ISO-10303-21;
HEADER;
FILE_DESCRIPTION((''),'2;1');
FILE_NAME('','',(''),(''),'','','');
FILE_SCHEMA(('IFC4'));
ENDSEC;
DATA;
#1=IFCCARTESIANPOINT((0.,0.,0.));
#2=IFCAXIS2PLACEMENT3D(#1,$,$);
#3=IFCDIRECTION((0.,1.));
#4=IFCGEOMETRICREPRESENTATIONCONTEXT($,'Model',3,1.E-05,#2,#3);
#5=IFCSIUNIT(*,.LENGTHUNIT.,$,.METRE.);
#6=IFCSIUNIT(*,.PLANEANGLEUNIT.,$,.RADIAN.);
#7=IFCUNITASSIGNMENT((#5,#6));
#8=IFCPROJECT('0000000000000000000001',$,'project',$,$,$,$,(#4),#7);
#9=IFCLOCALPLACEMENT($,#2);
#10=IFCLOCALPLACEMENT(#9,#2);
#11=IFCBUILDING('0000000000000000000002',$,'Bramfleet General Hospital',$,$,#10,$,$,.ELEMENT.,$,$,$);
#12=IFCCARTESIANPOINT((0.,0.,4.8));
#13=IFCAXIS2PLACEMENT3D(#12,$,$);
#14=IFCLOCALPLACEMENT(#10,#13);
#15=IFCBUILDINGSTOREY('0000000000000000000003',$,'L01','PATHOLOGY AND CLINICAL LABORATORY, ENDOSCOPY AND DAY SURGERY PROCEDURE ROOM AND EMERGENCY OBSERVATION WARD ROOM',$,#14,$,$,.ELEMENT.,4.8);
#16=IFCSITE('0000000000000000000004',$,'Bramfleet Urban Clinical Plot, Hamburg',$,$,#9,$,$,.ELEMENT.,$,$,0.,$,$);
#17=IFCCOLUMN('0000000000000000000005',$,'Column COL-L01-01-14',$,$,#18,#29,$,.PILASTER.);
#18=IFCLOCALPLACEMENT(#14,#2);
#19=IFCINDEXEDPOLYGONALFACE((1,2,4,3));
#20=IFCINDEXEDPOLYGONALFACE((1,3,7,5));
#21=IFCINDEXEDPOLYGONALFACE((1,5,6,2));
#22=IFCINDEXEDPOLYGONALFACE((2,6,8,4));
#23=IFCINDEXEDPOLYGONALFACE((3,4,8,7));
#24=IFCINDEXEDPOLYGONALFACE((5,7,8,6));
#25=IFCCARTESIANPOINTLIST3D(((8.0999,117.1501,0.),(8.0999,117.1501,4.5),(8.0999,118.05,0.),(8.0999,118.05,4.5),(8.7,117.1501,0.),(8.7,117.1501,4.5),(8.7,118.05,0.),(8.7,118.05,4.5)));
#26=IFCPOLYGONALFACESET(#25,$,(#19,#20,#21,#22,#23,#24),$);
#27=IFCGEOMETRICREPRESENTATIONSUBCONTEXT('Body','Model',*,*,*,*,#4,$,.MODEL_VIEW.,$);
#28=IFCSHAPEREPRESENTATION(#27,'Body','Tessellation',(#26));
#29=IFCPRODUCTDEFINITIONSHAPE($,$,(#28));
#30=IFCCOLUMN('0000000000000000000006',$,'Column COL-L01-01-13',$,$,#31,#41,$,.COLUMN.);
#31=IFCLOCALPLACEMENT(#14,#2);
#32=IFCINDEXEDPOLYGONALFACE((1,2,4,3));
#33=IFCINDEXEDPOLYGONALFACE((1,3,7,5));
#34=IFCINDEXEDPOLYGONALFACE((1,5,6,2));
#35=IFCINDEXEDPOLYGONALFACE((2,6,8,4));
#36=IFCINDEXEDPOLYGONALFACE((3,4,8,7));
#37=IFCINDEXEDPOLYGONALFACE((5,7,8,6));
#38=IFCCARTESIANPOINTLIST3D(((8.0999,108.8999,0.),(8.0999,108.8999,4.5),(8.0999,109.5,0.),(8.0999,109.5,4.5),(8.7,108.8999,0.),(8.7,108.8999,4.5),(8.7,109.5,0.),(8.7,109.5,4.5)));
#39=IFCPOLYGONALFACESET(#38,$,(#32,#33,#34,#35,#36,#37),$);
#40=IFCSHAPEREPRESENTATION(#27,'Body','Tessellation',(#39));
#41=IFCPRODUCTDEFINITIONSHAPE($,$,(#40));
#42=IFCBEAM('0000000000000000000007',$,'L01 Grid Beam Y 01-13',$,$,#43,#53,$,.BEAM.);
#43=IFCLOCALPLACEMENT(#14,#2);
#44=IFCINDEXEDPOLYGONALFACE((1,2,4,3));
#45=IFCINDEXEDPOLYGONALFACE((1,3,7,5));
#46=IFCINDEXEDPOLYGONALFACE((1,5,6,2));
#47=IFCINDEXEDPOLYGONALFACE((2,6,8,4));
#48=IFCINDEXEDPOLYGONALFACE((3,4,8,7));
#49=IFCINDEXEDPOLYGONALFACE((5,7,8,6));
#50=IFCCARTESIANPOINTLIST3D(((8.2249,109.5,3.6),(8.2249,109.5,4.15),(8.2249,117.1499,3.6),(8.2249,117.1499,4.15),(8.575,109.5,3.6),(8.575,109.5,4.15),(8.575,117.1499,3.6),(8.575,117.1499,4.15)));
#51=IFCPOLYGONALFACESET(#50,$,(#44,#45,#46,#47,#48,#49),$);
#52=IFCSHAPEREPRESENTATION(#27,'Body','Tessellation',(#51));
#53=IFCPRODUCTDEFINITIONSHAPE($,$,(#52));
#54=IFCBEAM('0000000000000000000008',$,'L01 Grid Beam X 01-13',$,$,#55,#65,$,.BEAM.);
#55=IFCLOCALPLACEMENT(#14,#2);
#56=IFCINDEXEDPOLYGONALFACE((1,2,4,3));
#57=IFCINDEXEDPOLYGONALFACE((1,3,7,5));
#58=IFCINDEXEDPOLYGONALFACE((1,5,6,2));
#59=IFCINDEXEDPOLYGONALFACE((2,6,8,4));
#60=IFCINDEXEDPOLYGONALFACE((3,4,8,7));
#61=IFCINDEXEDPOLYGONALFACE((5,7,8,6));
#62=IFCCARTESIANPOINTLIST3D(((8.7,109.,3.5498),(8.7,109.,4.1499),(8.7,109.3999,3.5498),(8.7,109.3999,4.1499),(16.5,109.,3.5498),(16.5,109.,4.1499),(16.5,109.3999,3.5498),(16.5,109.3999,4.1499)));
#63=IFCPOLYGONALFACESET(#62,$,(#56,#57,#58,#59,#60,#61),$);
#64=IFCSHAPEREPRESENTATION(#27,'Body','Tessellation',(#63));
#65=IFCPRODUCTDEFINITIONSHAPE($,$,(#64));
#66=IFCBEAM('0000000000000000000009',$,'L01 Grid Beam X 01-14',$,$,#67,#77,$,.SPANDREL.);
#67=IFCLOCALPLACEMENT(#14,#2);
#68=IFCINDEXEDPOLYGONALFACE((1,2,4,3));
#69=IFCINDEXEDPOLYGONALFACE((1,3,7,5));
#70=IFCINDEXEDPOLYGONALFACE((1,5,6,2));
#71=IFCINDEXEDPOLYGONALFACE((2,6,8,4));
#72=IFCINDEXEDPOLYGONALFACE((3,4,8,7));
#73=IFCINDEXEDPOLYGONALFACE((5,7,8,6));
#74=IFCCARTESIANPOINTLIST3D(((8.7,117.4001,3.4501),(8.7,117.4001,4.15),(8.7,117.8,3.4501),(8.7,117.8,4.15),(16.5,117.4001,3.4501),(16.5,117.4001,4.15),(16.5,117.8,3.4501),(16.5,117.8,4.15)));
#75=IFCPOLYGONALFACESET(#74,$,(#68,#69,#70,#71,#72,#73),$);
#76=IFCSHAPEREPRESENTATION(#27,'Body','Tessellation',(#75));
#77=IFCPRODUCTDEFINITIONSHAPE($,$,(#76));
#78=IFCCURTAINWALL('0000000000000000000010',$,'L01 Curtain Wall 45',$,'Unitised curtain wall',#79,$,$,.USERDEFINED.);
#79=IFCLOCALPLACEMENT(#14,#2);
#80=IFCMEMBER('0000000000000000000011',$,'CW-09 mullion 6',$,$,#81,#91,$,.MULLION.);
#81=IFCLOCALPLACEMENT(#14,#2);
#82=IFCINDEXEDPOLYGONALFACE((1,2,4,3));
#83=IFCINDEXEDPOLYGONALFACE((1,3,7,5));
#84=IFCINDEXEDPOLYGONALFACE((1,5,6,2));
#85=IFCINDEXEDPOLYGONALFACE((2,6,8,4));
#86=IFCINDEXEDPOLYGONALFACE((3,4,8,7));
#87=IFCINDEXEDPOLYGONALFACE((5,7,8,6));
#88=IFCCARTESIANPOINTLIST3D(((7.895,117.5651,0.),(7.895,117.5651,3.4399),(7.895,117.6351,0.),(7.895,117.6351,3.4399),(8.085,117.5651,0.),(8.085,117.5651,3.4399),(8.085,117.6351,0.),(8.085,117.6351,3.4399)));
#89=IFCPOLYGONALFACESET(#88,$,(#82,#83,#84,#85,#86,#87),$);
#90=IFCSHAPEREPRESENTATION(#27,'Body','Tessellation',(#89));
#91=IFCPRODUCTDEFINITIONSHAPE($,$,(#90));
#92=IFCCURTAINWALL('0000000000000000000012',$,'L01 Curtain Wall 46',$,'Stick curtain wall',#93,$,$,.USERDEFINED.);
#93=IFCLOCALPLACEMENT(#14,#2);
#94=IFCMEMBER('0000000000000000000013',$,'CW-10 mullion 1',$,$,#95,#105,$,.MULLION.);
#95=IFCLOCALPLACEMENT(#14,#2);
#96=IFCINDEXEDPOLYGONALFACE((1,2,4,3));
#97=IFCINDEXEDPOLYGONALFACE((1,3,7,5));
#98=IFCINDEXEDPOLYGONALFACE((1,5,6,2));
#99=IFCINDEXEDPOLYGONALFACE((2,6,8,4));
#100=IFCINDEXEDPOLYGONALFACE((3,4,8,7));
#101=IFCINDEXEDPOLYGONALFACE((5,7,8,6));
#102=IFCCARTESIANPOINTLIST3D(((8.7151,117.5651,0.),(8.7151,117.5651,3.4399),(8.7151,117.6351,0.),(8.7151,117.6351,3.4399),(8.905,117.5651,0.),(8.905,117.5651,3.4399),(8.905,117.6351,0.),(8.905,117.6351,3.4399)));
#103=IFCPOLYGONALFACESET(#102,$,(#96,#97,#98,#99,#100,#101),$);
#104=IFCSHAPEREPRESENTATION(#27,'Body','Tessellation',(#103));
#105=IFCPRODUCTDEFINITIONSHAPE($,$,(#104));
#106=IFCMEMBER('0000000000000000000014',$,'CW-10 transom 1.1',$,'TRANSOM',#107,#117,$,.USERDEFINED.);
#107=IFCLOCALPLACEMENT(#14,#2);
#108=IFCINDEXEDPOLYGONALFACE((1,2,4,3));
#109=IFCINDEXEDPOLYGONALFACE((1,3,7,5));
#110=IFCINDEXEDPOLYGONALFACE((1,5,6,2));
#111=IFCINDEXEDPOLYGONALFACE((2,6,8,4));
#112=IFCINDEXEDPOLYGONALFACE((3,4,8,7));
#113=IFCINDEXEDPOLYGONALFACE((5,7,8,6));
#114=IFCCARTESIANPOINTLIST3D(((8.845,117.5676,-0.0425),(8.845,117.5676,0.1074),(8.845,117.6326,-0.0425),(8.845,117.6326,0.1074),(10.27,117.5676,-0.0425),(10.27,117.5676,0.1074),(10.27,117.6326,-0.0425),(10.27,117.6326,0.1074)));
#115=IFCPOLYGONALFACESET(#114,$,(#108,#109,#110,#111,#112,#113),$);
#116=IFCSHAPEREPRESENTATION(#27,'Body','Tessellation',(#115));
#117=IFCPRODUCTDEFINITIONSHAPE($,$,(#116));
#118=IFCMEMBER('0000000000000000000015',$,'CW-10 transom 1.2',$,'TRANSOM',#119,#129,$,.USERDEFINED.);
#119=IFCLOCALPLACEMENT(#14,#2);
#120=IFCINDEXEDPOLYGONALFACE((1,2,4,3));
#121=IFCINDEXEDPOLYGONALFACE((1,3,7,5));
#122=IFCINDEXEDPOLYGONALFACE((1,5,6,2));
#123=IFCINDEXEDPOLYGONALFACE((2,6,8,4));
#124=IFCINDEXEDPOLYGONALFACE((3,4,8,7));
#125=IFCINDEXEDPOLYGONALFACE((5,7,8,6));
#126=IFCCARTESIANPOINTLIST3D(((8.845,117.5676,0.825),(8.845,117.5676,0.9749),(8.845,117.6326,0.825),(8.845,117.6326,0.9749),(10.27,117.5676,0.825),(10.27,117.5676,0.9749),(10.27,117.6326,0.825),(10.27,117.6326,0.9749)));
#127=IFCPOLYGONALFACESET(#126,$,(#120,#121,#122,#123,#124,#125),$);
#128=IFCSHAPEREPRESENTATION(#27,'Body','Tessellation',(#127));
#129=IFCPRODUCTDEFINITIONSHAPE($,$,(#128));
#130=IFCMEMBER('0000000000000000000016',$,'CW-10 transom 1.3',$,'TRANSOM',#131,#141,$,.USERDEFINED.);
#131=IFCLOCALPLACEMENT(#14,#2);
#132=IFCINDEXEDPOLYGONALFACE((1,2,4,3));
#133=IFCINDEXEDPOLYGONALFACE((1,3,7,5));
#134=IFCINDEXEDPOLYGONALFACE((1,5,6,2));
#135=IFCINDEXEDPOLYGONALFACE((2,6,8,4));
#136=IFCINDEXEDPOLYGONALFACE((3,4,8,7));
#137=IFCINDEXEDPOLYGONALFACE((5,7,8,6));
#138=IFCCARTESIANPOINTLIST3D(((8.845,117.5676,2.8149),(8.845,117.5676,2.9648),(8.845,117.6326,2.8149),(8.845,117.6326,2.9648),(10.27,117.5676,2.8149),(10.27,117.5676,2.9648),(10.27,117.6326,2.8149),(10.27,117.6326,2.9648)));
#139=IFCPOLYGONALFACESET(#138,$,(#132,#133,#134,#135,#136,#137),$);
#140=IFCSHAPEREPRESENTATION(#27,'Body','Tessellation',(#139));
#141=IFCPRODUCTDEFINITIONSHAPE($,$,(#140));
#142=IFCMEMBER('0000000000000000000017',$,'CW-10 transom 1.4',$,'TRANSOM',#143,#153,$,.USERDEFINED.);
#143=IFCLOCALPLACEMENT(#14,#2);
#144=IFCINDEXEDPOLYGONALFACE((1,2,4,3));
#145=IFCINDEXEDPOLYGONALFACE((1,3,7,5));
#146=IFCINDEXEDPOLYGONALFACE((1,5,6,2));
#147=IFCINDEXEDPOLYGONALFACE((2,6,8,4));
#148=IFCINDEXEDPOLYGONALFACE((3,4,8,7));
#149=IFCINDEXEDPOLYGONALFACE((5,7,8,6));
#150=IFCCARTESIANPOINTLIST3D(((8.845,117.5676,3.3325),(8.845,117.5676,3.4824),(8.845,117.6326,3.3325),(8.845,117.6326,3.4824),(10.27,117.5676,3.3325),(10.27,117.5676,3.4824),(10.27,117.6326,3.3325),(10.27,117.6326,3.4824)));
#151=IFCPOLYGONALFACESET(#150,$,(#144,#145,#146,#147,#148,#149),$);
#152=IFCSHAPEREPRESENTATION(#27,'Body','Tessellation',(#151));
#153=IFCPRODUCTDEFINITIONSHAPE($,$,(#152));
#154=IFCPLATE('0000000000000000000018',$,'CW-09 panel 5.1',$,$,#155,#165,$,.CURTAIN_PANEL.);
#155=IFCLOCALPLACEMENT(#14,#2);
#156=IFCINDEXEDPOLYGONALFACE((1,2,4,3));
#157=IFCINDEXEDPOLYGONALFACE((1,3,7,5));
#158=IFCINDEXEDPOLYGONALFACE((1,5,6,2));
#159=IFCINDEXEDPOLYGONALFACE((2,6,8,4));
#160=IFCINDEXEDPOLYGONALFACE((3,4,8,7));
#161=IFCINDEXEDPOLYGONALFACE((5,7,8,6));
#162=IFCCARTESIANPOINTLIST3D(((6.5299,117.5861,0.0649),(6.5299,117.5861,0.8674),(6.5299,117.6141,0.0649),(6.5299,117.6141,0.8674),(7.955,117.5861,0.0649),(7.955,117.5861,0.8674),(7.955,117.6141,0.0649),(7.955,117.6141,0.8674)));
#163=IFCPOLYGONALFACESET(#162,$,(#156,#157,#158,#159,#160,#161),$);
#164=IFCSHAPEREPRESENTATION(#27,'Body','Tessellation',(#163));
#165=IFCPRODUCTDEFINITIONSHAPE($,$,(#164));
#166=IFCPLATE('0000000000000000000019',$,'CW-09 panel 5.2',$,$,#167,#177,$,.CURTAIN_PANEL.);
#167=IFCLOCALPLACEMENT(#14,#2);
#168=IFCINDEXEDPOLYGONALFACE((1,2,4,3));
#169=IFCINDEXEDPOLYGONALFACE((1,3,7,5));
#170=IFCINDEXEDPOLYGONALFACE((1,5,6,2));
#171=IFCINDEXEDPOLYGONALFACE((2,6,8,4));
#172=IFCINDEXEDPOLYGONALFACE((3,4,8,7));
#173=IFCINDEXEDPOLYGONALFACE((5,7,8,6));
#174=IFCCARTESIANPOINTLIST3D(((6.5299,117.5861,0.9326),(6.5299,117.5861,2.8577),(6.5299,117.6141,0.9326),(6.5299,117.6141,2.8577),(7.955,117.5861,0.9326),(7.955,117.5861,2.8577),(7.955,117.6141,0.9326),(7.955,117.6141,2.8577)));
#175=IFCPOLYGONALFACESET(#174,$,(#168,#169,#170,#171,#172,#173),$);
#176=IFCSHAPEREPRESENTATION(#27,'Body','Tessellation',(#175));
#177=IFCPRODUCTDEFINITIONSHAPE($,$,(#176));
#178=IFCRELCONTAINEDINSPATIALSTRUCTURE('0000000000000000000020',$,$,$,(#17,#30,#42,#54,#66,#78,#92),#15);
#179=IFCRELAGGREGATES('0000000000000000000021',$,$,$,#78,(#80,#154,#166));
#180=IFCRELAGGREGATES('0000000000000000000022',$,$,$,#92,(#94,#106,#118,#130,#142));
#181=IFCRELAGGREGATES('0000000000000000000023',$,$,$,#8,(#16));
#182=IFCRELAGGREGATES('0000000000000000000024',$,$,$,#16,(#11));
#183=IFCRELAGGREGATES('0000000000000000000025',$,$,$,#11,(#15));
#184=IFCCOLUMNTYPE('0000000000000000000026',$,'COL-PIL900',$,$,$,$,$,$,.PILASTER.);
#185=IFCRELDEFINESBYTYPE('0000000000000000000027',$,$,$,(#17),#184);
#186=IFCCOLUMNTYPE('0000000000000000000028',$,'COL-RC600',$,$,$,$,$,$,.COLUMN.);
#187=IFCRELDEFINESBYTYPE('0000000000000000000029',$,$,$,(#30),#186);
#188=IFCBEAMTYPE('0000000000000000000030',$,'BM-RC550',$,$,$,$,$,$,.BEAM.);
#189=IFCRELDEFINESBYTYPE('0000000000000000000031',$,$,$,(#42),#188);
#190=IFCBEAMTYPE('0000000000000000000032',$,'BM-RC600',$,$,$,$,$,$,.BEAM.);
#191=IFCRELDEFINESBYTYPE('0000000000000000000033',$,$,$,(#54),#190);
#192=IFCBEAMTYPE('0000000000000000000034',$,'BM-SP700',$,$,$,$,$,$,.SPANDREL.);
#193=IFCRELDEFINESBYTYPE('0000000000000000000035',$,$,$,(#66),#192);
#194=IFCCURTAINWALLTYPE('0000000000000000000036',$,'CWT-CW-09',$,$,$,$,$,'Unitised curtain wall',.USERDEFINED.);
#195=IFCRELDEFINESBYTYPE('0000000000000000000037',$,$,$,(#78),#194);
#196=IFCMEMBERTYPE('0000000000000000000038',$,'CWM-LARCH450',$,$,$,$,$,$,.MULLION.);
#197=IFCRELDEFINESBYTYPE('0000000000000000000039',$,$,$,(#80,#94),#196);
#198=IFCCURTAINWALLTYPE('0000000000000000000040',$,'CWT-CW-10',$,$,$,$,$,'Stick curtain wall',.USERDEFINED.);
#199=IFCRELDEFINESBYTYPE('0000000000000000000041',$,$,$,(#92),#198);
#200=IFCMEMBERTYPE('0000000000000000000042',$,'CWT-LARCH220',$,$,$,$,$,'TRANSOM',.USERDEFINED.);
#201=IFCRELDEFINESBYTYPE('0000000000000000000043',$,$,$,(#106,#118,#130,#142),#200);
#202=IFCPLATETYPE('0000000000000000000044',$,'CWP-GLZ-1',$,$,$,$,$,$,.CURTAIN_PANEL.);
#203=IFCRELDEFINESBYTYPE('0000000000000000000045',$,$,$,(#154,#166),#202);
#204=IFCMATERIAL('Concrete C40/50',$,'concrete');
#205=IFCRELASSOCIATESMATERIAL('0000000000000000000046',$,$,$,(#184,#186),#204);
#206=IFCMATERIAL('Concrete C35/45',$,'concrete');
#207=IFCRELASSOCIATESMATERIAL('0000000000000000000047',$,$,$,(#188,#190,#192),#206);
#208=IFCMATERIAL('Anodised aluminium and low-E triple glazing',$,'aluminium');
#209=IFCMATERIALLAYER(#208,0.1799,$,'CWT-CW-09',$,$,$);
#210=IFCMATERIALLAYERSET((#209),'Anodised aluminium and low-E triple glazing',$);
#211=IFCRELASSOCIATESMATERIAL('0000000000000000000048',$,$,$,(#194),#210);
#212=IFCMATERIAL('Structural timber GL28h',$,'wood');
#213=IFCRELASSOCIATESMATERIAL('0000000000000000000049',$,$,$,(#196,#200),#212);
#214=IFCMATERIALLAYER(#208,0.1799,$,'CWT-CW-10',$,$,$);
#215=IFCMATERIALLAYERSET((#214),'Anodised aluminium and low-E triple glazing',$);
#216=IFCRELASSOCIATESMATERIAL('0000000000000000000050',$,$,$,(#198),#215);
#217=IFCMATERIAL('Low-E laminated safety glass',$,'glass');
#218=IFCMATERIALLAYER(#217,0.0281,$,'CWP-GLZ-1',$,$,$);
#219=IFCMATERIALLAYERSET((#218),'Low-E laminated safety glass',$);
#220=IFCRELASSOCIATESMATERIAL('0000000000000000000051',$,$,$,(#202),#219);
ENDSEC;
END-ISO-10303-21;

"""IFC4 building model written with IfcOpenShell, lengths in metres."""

from ifc_helpers import new_model, si_unit, direction, frame, origin, origin_2d, place, context, subcontext, project, spatial, rectangle, extrude, material, layer, layer_set, material_profile, profile_set, type_object, element, aggregate, save


model = new_model("IFC4")

# Units and contexts
model_context = context("Model", 3, precision=1e-05, world=origin(), true_north=direction((0.0, 1.0)))
body_context = subcontext(model_context, "Body", "Model", "MODEL_VIEW")
ifc_project = project(units=[si_unit("LENGTHUNIT", "METRE"), si_unit("PLANEANGLEUNIT", "RADIAN")], contexts=[model_context])

# Site, building, storey
site_placement = place(None, origin())
site = spatial("IfcSite", under=ifc_project, at=site_placement, Name="Bramfleet Urban Clinical Plot, Hamburg", CompositionType="ELEMENT", RefElevation=0.0)
building_placement = place(site_placement, origin())
building = spatial("IfcBuilding", under=site, at=building_placement, Name="Bramfleet General Hospital", CompositionType="ELEMENT")
storey_placement = place(building_placement, frame((0.0, 0.0, 4.8)))
storey = spatial("IfcBuildingStorey", under=building, at=storey_placement, Name="L01", Description="PATHOLOGY AND CLINICAL LABORATORY, ENDOSCOPY AND DAY SURGERY PROCEDURE ROOM AND EMERGENCY OBSERVATION WARD ROOM", CompositionType="ELEMENT", Elevation=4.8)

# Columns
ifc_material_1 = material(Name="Concrete C40/50", Category="concrete")
ifc_material_profile_1 = material_profile(ifc_material_1, rectangle(XDim=0.6001, YDim=0.8999, at=origin_2d()), Name="RC PIL 900x600")
ifc_profile_set_1 = profile_set([ifc_material_profile_1], Name="Concrete C40/50")
column_type_1 = type_object("IfcColumnType", Name="COL-PIL900", PredefinedType="PILASTER", material=ifc_profile_set_1)
column_1_placement = place(storey_placement, frame((8.3999, 117.6001, 0.0), z_axis=(0.0, 0.0, 1.0), x_axis=(1.0, 0.0, 0.0)))
element("IfcColumn", 1, at=column_1_placement, inside=storey, type_object=column_type_1, Name="Column COL-L01-01-14", PredefinedType="PILASTER", context=body_context, shape_type="SweptSolid", body=[
    extrude(rectangle(XDim=0.6001, YDim=0.8999, at=origin_2d()), origin(), (0.0, 0.0, 1.0), 4.5),
])
ifc_material_profile_2 = material_profile(ifc_material_1, rectangle(XDim=0.6001, YDim=0.6001, at=origin_2d()), Name="RC COL 600x600")
ifc_profile_set_2 = profile_set([ifc_material_profile_2], Name="Concrete C40/50")
column_type_2 = type_object("IfcColumnType", Name="COL-RC600", PredefinedType="COLUMN", material=ifc_profile_set_2)
column_2_placement = place(storey_placement, frame((8.3999, 109.2, 0.0), z_axis=(0.0, 0.0, 1.0), x_axis=(1.0, 0.0, 0.0)))
element("IfcColumn", 2, at=column_2_placement, inside=storey, type_object=column_type_2, Name="Column COL-L01-01-13", PredefinedType="COLUMN", context=body_context, shape_type="SweptSolid", body=[
    extrude(rectangle(XDim=0.6001, YDim=0.6001, at=origin_2d()), origin(), (0.0, 0.0, 1.0), 4.5),
])

# Beams
ifc_material_2 = material(Name="Concrete C35/45", Category="concrete")
ifc_material_profile_3 = material_profile(ifc_material_2, rectangle(XDim=0.3501, YDim=0.55, at=origin_2d()), Name="RC BM 550x350")
ifc_profile_set_3 = profile_set([ifc_material_profile_3], Name="Concrete C35/45")
beam_type_1 = type_object("IfcBeamType", Name="BM-RC550", PredefinedType="BEAM", material=ifc_profile_set_3)
beam_1_placement = place(storey_placement, frame((8.3999, 109.5, 3.875), z_axis=(0.0, 1.0, 0.0), x_axis=(-1.0, 0.0, 0.0)))
element("IfcBeam", 3, at=beam_1_placement, inside=storey, type_object=beam_type_1, Name="L01 Grid Beam Y 01-13", PredefinedType="BEAM", context=body_context, shape_type="SweptSolid", body=[
    extrude(rectangle(XDim=0.3501, YDim=0.55, at=origin_2d()), origin(), (0.0, 0.0, 1.0), 7.6499),
])
ifc_material_profile_4 = material_profile(ifc_material_2, rectangle(XDim=0.3999, YDim=0.6001, at=origin_2d()), Name="RC BM 600x400")
ifc_profile_set_4 = profile_set([ifc_material_profile_4], Name="Concrete C35/45")
beam_type_2 = type_object("IfcBeamType", Name="BM-RC600", PredefinedType="BEAM", material=ifc_profile_set_4)
beam_2_placement = place(storey_placement, frame((8.7, 109.2, 3.8499), z_axis=(1.0, 0.0, 0.0), x_axis=(0.0, 1.0, 0.0)))
element("IfcBeam", 4, at=beam_2_placement, inside=storey, type_object=beam_type_2, Name="L01 Grid Beam X 01-13", PredefinedType="BEAM", context=body_context, shape_type="SweptSolid", body=[
    extrude(rectangle(XDim=0.3999, YDim=0.6001, at=origin_2d()), origin(), (0.0, 0.0, 1.0), 7.8),
])
ifc_material_profile_5 = material_profile(ifc_material_2, rectangle(XDim=0.3999, YDim=0.7, at=origin_2d()), Name="RC SP 700x400")
ifc_profile_set_5 = profile_set([ifc_material_profile_5], Name="Concrete C35/45")
beam_type_3 = type_object("IfcBeamType", Name="BM-SP700", PredefinedType="SPANDREL", material=ifc_profile_set_5)
beam_3_placement = place(storey_placement, frame((8.7, 117.6001, 3.8), z_axis=(1.0, 0.0, 0.0), x_axis=(0.0, 1.0, 0.0)))
element("IfcBeam", 5, at=beam_3_placement, inside=storey, type_object=beam_type_3, Name="L01 Grid Beam X 01-14", PredefinedType="SPANDREL", context=body_context, shape_type="SweptSolid", body=[
    extrude(rectangle(XDim=0.3999, YDim=0.7, at=origin_2d()), origin(), (0.0, 0.0, 1.0), 7.8),
])

# Curtain wall, member
ifc_material_3 = material(Name="Anodised aluminium and low-E triple glazing", Category="aluminium")
ifc_layer_1 = layer(ifc_material_3, 0.1799, Name="CWT-CW-09")
ifc_layer_set_1 = layer_set([ifc_layer_1], Name="Anodised aluminium and low-E triple glazing")
curtain_wall_type_1 = type_object("IfcCurtainWallType", Name="CWT-CW-09", ElementType="Unitised curtain wall", PredefinedType="USERDEFINED", material=ifc_layer_set_1)
curtain_wall_1_placement = place(storey_placement, origin())
curtain_wall_1 = element("IfcCurtainWall", 6, at=curtain_wall_1_placement, inside=storey, type_object=curtain_wall_type_1, Name="L01 Curtain Wall 45", ObjectType="Unitised curtain wall", PredefinedType="USERDEFINED")
ifc_material_4 = material(Name="Structural timber GL28h", Category="wood")
ifc_material_profile_6 = material_profile(ifc_material_4, rectangle(XDim=0.0701, YDim=0.1899, at=origin_2d()), Name="LARCH 190x70")
ifc_profile_set_6 = profile_set([ifc_material_profile_6], Name="Structural timber GL28h")
member_type_1 = type_object("IfcMemberType", Name="CWM-LARCH450", PredefinedType="MULLION", material=ifc_profile_set_6)
member_1_placement = place(storey_placement, frame((7.99, 117.6001, 0.0), z_axis=(0.0, 0.0, 1.0), x_axis=(0.0, 1.0, 0.0)))
member_1 = element("IfcMember", 7, at=member_1_placement, type_object=member_type_1, Name="CW-09 mullion 6", PredefinedType="MULLION", context=body_context, shape_type="SweptSolid", body=[
    extrude(rectangle(XDim=0.0701, YDim=0.1899, at=origin_2d()), origin(), (0.0, 0.0, 1.0), 3.4399),
])

# Curtain wall, members
ifc_layer_2 = layer(ifc_material_3, 0.1799, Name="CWT-CW-10")
ifc_layer_set_2 = layer_set([ifc_layer_2], Name="Anodised aluminium and low-E triple glazing")
curtain_wall_type_2 = type_object("IfcCurtainWallType", Name="CWT-CW-10", ElementType="Stick curtain wall", PredefinedType="USERDEFINED", material=ifc_layer_set_2)
curtain_wall_2_placement = place(storey_placement, origin())
curtain_wall_2 = element("IfcCurtainWall", 8, at=curtain_wall_2_placement, inside=storey, type_object=curtain_wall_type_2, Name="L01 Curtain Wall 46", ObjectType="Stick curtain wall", PredefinedType="USERDEFINED")
member_2_placement = place(storey_placement, frame((8.8101, 117.6001, 0.0), z_axis=(0.0, 0.0, 1.0), x_axis=(0.0, 1.0, 0.0)))
member_2 = element("IfcMember", 9, at=member_2_placement, type_object=member_type_1, Name="CW-10 mullion 1", PredefinedType="MULLION", context=body_context, shape_type="SweptSolid", body=[
    extrude(rectangle(XDim=0.0701, YDim=0.1899, at=origin_2d()), origin(), (0.0, 0.0, 1.0), 3.4399),
])
ifc_material_profile_7 = material_profile(ifc_material_4, rectangle(XDim=0.0649, YDim=0.1499, at=origin_2d()), Name="LARCH 150x65")
ifc_profile_set_7 = profile_set([ifc_material_profile_7], Name="Structural timber GL28h")
member_type_2 = type_object("IfcMemberType", Name="CWT-LARCH220", ElementType="TRANSOM", PredefinedType="USERDEFINED", material=ifc_profile_set_7)
member_3_placement = place(storey_placement, frame((8.845, 117.6001, 0.0325), z_axis=(1.0, 0.0, 0.0), x_axis=(0.0, 1.0, 0.0)))
member_3 = element("IfcMember", 10, at=member_3_placement, type_object=member_type_2, Name="CW-10 transom 1.1", ObjectType="TRANSOM", PredefinedType="USERDEFINED", context=body_context, shape_type="SweptSolid", body=[
    extrude(rectangle(XDim=0.0649, YDim=0.1499, at=origin_2d()), origin(), (0.0, 0.0, 1.0), 1.425),
])
member_4_placement = place(storey_placement, frame((8.845, 117.6001, 0.8999), z_axis=(1.0, 0.0, 0.0), x_axis=(0.0, 1.0, 0.0)))
member_4 = element("IfcMember", 11, at=member_4_placement, type_object=member_type_2, Name="CW-10 transom 1.2", ObjectType="TRANSOM", PredefinedType="USERDEFINED", context=body_context, shape_type="SweptSolid", body=[
    extrude(rectangle(XDim=0.0649, YDim=0.1499, at=origin_2d()), origin(), (0.0, 0.0, 1.0), 1.425),
])
member_5_placement = place(storey_placement, frame((8.845, 117.6001, 2.8899), z_axis=(1.0, 0.0, 0.0), x_axis=(0.0, 1.0, 0.0)))
member_5 = element("IfcMember", 12, at=member_5_placement, type_object=member_type_2, Name="CW-10 transom 1.3", ObjectType="TRANSOM", PredefinedType="USERDEFINED", context=body_context, shape_type="SweptSolid", body=[
    extrude(rectangle(XDim=0.0649, YDim=0.1499, at=origin_2d()), origin(), (0.0, 0.0, 1.0), 1.425),
])
member_6_placement = place(storey_placement, frame((8.845, 117.6001, 3.4075), z_axis=(1.0, 0.0, 0.0), x_axis=(0.0, 1.0, 0.0)))
member_6 = element("IfcMember", 13, at=member_6_placement, type_object=member_type_2, Name="CW-10 transom 1.4", ObjectType="TRANSOM", PredefinedType="USERDEFINED", context=body_context, shape_type="SweptSolid", body=[
    extrude(rectangle(XDim=0.0649, YDim=0.1499, at=origin_2d()), origin(), (0.0, 0.0, 1.0), 1.425),
])

# Plates
ifc_material_5 = material(Name="Low-E laminated safety glass", Category="glass")
ifc_layer_3 = layer(ifc_material_5, 0.0281, Name="CWP-GLZ-1")
ifc_layer_set_3 = layer_set([ifc_layer_3], Name="Low-E laminated safety glass")
plate_type_1 = type_object("IfcPlateType", Name="CWP-GLZ-1", PredefinedType="CURTAIN_PANEL", material=ifc_layer_set_3)
plate_1_placement = place(storey_placement, frame((7.2424, 117.6001, 0.0649), z_axis=(0.0, 0.0, 1.0), x_axis=(1.0, 0.0, 0.0)))
plate_1 = element("IfcPlate", 14, at=plate_1_placement, type_object=plate_type_1, Name="CW-09 panel 5.1", PredefinedType="CURTAIN_PANEL", context=body_context, shape_type="SweptSolid", body=[
    extrude(rectangle(XDim=1.425, YDim=0.0281, at=origin_2d()), origin(), (0.0, 0.0, 1.0), 0.8025),
])
plate_2_placement = place(storey_placement, frame((7.2424, 117.6001, 0.9326), z_axis=(0.0, 0.0, 1.0), x_axis=(1.0, 0.0, 0.0)))
plate_2 = element("IfcPlate", 15, at=plate_2_placement, type_object=plate_type_1, Name="CW-09 panel 5.2", PredefinedType="CURTAIN_PANEL", context=body_context, shape_type="SweptSolid", body=[
    extrude(rectangle(XDim=1.425, YDim=0.0281, at=origin_2d()), origin(), (0.0, 0.0, 1.0), 1.925),
])
aggregate(curtain_wall_1, [member_1, plate_1, plate_2])
aggregate(curtain_wall_2, [member_2, member_3, member_4, member_5, member_6])

save(model, "model.ifc")
